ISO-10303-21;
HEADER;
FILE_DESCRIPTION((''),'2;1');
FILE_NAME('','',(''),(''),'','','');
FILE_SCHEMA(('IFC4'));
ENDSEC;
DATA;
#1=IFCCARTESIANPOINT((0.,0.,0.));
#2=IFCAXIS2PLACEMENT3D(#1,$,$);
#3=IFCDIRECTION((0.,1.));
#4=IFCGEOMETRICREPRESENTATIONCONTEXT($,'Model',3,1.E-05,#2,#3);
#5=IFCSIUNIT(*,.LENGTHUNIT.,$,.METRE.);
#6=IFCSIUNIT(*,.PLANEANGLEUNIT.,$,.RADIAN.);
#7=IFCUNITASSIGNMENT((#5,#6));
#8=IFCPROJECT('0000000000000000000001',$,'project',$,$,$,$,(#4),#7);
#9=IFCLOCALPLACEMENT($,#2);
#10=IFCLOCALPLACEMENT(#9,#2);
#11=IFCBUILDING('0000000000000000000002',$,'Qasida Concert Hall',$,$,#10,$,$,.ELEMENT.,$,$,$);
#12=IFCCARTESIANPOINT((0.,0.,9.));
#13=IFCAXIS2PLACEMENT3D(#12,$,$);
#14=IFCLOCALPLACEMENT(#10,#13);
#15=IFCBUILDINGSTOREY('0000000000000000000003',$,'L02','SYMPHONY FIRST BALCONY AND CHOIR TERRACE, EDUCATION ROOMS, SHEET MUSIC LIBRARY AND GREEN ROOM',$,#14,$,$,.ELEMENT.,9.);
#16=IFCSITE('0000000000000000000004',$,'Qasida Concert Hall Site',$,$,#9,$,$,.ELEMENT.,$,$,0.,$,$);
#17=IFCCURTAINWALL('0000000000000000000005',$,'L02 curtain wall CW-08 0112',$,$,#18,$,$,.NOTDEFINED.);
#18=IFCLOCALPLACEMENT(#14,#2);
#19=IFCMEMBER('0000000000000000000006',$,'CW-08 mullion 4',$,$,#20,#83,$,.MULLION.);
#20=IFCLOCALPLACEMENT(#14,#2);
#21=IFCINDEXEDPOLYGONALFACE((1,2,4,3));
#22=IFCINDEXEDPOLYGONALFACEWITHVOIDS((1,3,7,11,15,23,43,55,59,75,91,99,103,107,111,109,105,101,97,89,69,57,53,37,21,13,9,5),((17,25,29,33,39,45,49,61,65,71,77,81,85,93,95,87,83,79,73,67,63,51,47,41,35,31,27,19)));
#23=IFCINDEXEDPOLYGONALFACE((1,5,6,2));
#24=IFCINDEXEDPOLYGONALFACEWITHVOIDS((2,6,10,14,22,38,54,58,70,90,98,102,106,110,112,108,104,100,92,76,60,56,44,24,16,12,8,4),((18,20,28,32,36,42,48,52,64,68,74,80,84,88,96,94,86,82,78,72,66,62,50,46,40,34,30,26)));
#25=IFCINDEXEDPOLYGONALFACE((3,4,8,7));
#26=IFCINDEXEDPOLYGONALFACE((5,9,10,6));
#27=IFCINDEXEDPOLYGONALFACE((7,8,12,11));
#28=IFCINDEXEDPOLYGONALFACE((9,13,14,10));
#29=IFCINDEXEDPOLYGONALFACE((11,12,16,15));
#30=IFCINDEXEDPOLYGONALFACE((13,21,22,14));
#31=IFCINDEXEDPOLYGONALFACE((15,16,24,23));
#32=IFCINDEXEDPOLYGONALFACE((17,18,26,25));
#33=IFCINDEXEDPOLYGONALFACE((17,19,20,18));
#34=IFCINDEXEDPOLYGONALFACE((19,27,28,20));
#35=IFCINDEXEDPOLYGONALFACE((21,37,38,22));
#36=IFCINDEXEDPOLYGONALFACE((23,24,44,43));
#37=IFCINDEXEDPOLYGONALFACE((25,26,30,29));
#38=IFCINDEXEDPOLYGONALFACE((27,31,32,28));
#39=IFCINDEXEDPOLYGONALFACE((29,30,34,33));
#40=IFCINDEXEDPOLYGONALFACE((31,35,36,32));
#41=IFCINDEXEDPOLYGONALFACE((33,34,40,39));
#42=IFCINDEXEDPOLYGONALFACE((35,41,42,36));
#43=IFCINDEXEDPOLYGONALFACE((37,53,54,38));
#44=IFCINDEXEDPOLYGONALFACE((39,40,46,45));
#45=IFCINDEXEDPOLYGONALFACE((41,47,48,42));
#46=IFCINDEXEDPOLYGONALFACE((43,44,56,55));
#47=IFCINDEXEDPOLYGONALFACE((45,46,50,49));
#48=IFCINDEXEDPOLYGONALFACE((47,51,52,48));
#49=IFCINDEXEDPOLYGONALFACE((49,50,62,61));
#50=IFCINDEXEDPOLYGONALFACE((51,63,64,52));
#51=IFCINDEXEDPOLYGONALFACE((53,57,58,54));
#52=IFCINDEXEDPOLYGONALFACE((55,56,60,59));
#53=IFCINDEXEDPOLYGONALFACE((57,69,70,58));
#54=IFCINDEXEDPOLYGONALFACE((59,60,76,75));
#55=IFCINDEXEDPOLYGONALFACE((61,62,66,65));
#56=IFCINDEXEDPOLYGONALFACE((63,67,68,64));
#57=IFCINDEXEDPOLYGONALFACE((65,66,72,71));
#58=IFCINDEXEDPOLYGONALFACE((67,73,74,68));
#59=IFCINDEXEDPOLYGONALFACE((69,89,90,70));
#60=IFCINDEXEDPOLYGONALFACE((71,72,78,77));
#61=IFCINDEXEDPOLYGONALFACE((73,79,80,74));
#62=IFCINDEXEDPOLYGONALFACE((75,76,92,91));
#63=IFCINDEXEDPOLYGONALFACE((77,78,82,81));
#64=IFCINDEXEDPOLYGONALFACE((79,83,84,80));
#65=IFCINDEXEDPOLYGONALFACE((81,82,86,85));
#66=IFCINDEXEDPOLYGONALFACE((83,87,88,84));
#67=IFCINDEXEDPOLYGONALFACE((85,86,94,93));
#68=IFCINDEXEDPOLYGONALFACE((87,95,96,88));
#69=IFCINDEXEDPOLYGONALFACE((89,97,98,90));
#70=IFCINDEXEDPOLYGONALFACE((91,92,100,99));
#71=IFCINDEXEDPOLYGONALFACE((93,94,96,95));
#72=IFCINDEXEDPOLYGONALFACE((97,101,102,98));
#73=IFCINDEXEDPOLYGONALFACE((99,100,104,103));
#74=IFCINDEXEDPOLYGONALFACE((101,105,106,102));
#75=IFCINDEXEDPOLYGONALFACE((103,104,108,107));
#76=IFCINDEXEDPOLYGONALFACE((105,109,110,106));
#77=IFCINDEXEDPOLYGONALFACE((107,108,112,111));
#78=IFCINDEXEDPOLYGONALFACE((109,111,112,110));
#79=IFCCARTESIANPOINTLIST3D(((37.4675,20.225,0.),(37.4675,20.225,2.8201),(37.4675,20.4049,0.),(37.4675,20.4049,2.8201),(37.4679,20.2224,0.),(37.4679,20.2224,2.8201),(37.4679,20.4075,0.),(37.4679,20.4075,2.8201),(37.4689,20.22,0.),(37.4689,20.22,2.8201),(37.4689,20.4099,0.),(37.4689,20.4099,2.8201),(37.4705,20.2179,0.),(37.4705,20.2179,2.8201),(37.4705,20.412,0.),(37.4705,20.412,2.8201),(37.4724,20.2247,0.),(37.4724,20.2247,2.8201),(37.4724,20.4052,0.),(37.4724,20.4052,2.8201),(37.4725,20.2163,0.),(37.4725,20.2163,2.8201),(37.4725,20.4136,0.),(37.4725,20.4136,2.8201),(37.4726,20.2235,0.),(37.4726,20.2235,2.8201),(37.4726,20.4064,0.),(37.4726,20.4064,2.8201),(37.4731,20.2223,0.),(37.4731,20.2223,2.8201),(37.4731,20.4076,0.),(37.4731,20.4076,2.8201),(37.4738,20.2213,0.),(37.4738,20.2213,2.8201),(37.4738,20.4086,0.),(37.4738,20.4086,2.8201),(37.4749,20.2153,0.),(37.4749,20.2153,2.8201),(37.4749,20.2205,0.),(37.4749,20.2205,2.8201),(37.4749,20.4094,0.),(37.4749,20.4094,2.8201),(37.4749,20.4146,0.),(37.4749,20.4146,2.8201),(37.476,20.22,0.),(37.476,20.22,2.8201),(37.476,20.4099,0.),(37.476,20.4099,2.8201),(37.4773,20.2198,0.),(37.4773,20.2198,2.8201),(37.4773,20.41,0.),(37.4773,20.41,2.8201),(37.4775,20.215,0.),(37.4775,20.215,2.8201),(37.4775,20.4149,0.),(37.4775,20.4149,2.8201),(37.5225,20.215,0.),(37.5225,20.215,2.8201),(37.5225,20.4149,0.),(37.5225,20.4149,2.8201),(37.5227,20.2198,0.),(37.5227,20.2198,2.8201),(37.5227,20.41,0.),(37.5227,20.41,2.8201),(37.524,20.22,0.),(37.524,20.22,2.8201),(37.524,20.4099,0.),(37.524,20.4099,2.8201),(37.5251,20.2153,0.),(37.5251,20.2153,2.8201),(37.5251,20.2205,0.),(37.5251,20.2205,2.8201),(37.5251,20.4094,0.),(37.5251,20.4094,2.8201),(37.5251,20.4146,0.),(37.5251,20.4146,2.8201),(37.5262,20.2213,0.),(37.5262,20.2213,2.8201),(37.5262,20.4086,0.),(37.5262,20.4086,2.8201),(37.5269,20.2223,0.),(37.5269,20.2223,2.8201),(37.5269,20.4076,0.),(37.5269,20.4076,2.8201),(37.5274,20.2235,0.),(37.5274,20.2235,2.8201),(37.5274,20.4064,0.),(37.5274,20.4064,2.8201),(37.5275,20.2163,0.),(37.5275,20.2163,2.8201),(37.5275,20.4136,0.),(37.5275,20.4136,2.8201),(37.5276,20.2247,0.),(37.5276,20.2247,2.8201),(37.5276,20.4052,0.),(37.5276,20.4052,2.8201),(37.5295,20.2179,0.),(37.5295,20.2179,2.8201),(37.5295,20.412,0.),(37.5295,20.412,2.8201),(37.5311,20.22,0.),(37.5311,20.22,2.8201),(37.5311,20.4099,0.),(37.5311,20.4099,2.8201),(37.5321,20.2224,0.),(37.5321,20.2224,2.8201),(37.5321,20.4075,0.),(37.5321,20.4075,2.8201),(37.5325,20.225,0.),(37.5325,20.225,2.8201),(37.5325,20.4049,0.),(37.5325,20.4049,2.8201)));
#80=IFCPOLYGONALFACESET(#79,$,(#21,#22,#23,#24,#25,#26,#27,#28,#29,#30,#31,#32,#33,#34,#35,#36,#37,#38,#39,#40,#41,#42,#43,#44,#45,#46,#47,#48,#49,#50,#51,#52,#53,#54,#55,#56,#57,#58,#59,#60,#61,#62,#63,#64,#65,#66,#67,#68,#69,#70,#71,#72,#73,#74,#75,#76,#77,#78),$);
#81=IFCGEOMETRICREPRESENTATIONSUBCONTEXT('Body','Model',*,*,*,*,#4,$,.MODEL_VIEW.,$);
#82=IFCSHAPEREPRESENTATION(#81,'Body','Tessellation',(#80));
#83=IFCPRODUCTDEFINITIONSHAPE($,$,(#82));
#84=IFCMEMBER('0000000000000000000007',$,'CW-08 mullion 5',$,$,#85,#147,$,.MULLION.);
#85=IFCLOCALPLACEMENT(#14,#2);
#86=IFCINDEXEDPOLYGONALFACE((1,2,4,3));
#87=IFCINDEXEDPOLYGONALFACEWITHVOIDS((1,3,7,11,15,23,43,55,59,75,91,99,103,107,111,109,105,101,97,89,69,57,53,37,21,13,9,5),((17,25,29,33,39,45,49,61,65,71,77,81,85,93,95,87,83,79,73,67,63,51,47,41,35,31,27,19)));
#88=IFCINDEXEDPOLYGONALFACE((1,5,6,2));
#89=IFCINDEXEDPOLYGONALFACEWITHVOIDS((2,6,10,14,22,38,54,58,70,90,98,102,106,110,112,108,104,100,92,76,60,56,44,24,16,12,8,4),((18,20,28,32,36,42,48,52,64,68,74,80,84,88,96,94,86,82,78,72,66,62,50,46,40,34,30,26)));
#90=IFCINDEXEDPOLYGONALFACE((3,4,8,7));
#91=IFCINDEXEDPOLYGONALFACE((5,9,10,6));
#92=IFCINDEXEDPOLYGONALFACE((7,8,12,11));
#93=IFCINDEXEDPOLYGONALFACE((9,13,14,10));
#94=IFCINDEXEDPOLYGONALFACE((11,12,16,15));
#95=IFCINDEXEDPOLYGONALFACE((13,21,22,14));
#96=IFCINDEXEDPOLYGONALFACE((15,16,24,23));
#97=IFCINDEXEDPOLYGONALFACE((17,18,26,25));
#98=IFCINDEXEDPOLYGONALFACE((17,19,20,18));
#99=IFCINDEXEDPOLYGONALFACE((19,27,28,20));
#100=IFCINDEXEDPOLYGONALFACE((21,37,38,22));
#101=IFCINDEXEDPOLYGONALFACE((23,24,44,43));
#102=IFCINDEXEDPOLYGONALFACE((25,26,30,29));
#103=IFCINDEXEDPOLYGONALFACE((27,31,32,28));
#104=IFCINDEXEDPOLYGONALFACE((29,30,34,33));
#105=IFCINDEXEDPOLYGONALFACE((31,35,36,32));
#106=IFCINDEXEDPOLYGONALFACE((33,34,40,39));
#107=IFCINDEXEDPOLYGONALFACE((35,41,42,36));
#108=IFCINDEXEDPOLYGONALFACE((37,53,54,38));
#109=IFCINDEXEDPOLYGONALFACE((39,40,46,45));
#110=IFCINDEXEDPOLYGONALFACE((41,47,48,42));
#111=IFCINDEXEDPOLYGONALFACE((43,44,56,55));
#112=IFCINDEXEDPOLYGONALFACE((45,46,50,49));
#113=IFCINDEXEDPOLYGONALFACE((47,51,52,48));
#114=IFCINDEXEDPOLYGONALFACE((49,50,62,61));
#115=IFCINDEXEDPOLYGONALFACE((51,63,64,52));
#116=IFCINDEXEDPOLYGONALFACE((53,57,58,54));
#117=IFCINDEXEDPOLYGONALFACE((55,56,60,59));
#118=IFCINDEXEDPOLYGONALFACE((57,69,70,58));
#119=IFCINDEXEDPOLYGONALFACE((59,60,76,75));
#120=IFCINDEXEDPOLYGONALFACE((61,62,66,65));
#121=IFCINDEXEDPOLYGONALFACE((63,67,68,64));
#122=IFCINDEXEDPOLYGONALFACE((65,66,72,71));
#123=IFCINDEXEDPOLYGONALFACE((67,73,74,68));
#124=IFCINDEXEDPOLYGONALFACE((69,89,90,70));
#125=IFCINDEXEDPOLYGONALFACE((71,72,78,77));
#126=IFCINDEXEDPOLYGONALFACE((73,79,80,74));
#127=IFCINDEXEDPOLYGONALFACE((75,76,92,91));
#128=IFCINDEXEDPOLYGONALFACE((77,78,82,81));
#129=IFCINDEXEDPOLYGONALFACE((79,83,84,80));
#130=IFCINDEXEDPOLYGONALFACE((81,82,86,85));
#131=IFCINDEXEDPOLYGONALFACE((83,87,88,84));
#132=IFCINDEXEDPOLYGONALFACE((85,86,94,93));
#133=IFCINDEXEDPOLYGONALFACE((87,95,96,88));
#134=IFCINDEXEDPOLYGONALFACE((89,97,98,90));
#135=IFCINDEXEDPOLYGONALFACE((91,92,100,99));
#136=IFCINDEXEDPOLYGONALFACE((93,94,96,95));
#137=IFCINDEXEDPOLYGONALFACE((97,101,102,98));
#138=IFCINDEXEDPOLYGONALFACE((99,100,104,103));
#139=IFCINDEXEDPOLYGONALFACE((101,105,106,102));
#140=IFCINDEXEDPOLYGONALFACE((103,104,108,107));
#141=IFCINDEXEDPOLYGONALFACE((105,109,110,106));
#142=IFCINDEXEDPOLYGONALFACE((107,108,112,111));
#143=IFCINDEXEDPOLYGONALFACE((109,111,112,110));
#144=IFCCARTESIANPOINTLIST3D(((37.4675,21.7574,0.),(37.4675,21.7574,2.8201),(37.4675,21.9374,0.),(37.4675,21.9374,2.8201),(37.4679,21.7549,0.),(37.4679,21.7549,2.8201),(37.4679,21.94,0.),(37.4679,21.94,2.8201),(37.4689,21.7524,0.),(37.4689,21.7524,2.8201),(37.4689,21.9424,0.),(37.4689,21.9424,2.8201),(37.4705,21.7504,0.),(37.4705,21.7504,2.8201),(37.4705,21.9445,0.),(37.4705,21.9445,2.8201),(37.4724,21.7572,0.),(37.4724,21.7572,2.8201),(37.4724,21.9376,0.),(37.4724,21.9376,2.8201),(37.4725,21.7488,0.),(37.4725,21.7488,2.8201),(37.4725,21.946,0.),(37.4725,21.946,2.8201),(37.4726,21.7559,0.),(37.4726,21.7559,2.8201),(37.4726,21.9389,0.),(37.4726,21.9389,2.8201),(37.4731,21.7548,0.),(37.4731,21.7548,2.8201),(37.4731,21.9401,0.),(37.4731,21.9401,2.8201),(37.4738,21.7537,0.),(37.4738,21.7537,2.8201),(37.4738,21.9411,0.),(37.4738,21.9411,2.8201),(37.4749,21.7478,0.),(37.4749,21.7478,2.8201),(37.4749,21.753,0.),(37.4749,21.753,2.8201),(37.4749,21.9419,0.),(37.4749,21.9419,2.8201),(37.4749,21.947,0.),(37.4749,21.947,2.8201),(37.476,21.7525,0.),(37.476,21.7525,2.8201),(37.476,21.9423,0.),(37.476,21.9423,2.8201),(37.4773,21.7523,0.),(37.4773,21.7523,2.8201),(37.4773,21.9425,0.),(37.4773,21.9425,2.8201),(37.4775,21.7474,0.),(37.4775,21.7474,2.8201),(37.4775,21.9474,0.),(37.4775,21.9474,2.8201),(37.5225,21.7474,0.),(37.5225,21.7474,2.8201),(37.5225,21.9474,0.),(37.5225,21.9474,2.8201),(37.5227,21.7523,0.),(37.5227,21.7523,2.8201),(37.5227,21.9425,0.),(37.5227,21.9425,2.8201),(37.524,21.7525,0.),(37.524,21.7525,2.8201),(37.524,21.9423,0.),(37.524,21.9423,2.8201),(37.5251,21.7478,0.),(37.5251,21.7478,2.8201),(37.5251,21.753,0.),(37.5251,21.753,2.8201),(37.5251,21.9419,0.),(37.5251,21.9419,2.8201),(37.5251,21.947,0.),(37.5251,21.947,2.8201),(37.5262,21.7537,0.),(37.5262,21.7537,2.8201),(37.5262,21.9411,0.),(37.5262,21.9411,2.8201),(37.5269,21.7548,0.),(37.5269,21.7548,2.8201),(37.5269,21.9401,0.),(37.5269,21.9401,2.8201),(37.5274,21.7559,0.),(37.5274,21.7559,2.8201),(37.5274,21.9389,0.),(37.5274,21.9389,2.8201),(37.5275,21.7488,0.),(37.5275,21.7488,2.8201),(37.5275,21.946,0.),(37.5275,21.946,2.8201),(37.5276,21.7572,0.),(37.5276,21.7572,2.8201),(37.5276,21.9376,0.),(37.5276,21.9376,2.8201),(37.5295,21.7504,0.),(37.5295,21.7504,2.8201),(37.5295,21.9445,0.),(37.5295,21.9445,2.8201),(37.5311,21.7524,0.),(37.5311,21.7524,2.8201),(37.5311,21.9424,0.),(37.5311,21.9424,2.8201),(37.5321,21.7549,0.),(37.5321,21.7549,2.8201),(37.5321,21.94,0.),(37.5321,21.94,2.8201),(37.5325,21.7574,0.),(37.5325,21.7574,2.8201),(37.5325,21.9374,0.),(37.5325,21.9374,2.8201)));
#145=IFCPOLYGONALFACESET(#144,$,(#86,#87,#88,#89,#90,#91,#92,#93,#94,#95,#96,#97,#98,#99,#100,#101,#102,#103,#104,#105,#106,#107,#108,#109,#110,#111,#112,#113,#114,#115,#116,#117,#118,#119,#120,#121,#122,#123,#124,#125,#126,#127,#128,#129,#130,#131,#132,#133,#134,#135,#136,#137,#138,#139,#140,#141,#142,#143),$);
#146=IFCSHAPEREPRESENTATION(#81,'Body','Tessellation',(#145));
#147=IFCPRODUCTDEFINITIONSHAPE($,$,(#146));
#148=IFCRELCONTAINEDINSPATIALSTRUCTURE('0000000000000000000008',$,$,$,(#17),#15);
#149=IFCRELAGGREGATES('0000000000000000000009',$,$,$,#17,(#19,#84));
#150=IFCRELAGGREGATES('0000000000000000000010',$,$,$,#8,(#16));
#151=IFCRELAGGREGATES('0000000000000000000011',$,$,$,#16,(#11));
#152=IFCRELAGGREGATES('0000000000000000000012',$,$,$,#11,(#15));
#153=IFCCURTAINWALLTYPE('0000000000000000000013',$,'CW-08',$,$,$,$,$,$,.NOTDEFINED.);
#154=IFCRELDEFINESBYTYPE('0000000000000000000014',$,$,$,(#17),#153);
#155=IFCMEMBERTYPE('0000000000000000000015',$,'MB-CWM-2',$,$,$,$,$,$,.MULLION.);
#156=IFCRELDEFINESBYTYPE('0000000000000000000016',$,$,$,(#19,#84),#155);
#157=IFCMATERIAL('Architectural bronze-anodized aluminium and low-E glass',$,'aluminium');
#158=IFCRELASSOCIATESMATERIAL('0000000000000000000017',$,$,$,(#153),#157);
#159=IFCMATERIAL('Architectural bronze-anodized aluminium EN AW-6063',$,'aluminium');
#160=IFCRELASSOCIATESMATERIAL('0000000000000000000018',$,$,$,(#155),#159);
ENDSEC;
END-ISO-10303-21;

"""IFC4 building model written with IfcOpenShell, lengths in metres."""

from ifc_helpers import new_model, si_unit, direction, frame, origin, origin_2d, place, context, subcontext, project, spatial, hollow_rectangle, extrude, material, material_profile, profile_set, type_object, element, aggregate, save


model = new_model("IFC4")

# Units and contexts
model_context = context("Model", 3, precision=1e-05, world=origin(), true_north=direction((0.0, 1.0)))
body_context = subcontext(model_context, "Body", "Model", "MODEL_VIEW")
ifc_project = project(units=[si_unit("LENGTHUNIT", "METRE"), si_unit("PLANEANGLEUNIT", "RADIAN")], contexts=[model_context])

# Site, building, storey
site_placement = place(None, origin())
site = spatial("IfcSite", under=ifc_project, at=site_placement, Name="Qasida Concert Hall Site", CompositionType="ELEMENT", RefElevation=0.0)
building_placement = place(site_placement, origin())
building = spatial("IfcBuilding", under=site, at=building_placement, Name="Qasida Concert Hall", CompositionType="ELEMENT")
storey_placement = place(building_placement, frame((0.0, 0.0, 9.0)))
storey = spatial("IfcBuildingStorey", under=building, at=storey_placement, Name="L02", Description="SYMPHONY FIRST BALCONY AND CHOIR TERRACE, EDUCATION ROOMS, SHEET MUSIC LIBRARY AND GREEN ROOM", CompositionType="ELEMENT", Elevation=9.0)

# Curtain wall, members
ifc_material_1 = material(Name="Architectural bronze-anodized aluminium and low-E glass", Category="aluminium")
curtain_wall_type = type_object("IfcCurtainWallType", Name="CW-08", PredefinedType="NOTDEFINED", material=ifc_material_1)
curtain_wall_placement = place(storey_placement, origin())
curtain_wall = element("IfcCurtainWall", 1, at=curtain_wall_placement, inside=storey, type_object=curtain_wall_type, Name="L02 curtain wall CW-08 0112", PredefinedType="NOTDEFINED")
ifc_material_2 = material(Name="Architectural bronze-anodized aluminium EN AW-6063", Category="aluminium")
ifc_material_profile_1 = material_profile(ifc_material_2, hollow_rectangle(XDim=0.0649, YDim=0.2, WallThickness=0.0049, InnerFilletRadius=0.0049, OuterFilletRadius=0.01, at=origin_2d()), Name="CWM 200x65x5")
ifc_profile_set_1 = profile_set([ifc_material_profile_1], Name="Architectural bronze-anodized aluminium EN AW-6063")
member_type_1 = type_object("IfcMemberType", Name="MB-CWM-2", PredefinedType="MULLION", material=ifc_profile_set_1)
member_1_placement = place(storey_placement, frame((37.5, 20.3149, 0.0), z_axis=(0.0, 0.0, 1.0), x_axis=(-1.0, 0.0, 0.0)))
member_1 = element("IfcMember", 2, at=member_1_placement, type_object=member_type_1, Name="CW-08 mullion 4", PredefinedType="MULLION", context=body_context, shape_type="SweptSolid", body=[
    extrude(hollow_rectangle(XDim=0.0649, YDim=0.2, WallThickness=0.0049, InnerFilletRadius=0.0049, OuterFilletRadius=0.01, at=origin_2d()), origin(), (0.0, 0.0, 1.0), 2.8201),
])
member_2_placement = place(storey_placement, frame((37.5, 21.8474, 0.0), z_axis=(0.0, 0.0, 1.0), x_axis=(-1.0, 0.0, 0.0)))
member_2 = element("IfcMember", 3, at=member_2_placement, type_object=member_type_1, Name="CW-08 mullion 5", PredefinedType="MULLION", context=body_context, shape_type="SweptSolid", body=[
    extrude(hollow_rectangle(XDim=0.0649, YDim=0.2, WallThickness=0.0049, InnerFilletRadius=0.0049, OuterFilletRadius=0.01, at=origin_2d()), origin(), (0.0, 0.0, 1.0), 2.8201),
])
aggregate(curtain_wall, [member_1, member_2])

save(model, "model.ifc")
